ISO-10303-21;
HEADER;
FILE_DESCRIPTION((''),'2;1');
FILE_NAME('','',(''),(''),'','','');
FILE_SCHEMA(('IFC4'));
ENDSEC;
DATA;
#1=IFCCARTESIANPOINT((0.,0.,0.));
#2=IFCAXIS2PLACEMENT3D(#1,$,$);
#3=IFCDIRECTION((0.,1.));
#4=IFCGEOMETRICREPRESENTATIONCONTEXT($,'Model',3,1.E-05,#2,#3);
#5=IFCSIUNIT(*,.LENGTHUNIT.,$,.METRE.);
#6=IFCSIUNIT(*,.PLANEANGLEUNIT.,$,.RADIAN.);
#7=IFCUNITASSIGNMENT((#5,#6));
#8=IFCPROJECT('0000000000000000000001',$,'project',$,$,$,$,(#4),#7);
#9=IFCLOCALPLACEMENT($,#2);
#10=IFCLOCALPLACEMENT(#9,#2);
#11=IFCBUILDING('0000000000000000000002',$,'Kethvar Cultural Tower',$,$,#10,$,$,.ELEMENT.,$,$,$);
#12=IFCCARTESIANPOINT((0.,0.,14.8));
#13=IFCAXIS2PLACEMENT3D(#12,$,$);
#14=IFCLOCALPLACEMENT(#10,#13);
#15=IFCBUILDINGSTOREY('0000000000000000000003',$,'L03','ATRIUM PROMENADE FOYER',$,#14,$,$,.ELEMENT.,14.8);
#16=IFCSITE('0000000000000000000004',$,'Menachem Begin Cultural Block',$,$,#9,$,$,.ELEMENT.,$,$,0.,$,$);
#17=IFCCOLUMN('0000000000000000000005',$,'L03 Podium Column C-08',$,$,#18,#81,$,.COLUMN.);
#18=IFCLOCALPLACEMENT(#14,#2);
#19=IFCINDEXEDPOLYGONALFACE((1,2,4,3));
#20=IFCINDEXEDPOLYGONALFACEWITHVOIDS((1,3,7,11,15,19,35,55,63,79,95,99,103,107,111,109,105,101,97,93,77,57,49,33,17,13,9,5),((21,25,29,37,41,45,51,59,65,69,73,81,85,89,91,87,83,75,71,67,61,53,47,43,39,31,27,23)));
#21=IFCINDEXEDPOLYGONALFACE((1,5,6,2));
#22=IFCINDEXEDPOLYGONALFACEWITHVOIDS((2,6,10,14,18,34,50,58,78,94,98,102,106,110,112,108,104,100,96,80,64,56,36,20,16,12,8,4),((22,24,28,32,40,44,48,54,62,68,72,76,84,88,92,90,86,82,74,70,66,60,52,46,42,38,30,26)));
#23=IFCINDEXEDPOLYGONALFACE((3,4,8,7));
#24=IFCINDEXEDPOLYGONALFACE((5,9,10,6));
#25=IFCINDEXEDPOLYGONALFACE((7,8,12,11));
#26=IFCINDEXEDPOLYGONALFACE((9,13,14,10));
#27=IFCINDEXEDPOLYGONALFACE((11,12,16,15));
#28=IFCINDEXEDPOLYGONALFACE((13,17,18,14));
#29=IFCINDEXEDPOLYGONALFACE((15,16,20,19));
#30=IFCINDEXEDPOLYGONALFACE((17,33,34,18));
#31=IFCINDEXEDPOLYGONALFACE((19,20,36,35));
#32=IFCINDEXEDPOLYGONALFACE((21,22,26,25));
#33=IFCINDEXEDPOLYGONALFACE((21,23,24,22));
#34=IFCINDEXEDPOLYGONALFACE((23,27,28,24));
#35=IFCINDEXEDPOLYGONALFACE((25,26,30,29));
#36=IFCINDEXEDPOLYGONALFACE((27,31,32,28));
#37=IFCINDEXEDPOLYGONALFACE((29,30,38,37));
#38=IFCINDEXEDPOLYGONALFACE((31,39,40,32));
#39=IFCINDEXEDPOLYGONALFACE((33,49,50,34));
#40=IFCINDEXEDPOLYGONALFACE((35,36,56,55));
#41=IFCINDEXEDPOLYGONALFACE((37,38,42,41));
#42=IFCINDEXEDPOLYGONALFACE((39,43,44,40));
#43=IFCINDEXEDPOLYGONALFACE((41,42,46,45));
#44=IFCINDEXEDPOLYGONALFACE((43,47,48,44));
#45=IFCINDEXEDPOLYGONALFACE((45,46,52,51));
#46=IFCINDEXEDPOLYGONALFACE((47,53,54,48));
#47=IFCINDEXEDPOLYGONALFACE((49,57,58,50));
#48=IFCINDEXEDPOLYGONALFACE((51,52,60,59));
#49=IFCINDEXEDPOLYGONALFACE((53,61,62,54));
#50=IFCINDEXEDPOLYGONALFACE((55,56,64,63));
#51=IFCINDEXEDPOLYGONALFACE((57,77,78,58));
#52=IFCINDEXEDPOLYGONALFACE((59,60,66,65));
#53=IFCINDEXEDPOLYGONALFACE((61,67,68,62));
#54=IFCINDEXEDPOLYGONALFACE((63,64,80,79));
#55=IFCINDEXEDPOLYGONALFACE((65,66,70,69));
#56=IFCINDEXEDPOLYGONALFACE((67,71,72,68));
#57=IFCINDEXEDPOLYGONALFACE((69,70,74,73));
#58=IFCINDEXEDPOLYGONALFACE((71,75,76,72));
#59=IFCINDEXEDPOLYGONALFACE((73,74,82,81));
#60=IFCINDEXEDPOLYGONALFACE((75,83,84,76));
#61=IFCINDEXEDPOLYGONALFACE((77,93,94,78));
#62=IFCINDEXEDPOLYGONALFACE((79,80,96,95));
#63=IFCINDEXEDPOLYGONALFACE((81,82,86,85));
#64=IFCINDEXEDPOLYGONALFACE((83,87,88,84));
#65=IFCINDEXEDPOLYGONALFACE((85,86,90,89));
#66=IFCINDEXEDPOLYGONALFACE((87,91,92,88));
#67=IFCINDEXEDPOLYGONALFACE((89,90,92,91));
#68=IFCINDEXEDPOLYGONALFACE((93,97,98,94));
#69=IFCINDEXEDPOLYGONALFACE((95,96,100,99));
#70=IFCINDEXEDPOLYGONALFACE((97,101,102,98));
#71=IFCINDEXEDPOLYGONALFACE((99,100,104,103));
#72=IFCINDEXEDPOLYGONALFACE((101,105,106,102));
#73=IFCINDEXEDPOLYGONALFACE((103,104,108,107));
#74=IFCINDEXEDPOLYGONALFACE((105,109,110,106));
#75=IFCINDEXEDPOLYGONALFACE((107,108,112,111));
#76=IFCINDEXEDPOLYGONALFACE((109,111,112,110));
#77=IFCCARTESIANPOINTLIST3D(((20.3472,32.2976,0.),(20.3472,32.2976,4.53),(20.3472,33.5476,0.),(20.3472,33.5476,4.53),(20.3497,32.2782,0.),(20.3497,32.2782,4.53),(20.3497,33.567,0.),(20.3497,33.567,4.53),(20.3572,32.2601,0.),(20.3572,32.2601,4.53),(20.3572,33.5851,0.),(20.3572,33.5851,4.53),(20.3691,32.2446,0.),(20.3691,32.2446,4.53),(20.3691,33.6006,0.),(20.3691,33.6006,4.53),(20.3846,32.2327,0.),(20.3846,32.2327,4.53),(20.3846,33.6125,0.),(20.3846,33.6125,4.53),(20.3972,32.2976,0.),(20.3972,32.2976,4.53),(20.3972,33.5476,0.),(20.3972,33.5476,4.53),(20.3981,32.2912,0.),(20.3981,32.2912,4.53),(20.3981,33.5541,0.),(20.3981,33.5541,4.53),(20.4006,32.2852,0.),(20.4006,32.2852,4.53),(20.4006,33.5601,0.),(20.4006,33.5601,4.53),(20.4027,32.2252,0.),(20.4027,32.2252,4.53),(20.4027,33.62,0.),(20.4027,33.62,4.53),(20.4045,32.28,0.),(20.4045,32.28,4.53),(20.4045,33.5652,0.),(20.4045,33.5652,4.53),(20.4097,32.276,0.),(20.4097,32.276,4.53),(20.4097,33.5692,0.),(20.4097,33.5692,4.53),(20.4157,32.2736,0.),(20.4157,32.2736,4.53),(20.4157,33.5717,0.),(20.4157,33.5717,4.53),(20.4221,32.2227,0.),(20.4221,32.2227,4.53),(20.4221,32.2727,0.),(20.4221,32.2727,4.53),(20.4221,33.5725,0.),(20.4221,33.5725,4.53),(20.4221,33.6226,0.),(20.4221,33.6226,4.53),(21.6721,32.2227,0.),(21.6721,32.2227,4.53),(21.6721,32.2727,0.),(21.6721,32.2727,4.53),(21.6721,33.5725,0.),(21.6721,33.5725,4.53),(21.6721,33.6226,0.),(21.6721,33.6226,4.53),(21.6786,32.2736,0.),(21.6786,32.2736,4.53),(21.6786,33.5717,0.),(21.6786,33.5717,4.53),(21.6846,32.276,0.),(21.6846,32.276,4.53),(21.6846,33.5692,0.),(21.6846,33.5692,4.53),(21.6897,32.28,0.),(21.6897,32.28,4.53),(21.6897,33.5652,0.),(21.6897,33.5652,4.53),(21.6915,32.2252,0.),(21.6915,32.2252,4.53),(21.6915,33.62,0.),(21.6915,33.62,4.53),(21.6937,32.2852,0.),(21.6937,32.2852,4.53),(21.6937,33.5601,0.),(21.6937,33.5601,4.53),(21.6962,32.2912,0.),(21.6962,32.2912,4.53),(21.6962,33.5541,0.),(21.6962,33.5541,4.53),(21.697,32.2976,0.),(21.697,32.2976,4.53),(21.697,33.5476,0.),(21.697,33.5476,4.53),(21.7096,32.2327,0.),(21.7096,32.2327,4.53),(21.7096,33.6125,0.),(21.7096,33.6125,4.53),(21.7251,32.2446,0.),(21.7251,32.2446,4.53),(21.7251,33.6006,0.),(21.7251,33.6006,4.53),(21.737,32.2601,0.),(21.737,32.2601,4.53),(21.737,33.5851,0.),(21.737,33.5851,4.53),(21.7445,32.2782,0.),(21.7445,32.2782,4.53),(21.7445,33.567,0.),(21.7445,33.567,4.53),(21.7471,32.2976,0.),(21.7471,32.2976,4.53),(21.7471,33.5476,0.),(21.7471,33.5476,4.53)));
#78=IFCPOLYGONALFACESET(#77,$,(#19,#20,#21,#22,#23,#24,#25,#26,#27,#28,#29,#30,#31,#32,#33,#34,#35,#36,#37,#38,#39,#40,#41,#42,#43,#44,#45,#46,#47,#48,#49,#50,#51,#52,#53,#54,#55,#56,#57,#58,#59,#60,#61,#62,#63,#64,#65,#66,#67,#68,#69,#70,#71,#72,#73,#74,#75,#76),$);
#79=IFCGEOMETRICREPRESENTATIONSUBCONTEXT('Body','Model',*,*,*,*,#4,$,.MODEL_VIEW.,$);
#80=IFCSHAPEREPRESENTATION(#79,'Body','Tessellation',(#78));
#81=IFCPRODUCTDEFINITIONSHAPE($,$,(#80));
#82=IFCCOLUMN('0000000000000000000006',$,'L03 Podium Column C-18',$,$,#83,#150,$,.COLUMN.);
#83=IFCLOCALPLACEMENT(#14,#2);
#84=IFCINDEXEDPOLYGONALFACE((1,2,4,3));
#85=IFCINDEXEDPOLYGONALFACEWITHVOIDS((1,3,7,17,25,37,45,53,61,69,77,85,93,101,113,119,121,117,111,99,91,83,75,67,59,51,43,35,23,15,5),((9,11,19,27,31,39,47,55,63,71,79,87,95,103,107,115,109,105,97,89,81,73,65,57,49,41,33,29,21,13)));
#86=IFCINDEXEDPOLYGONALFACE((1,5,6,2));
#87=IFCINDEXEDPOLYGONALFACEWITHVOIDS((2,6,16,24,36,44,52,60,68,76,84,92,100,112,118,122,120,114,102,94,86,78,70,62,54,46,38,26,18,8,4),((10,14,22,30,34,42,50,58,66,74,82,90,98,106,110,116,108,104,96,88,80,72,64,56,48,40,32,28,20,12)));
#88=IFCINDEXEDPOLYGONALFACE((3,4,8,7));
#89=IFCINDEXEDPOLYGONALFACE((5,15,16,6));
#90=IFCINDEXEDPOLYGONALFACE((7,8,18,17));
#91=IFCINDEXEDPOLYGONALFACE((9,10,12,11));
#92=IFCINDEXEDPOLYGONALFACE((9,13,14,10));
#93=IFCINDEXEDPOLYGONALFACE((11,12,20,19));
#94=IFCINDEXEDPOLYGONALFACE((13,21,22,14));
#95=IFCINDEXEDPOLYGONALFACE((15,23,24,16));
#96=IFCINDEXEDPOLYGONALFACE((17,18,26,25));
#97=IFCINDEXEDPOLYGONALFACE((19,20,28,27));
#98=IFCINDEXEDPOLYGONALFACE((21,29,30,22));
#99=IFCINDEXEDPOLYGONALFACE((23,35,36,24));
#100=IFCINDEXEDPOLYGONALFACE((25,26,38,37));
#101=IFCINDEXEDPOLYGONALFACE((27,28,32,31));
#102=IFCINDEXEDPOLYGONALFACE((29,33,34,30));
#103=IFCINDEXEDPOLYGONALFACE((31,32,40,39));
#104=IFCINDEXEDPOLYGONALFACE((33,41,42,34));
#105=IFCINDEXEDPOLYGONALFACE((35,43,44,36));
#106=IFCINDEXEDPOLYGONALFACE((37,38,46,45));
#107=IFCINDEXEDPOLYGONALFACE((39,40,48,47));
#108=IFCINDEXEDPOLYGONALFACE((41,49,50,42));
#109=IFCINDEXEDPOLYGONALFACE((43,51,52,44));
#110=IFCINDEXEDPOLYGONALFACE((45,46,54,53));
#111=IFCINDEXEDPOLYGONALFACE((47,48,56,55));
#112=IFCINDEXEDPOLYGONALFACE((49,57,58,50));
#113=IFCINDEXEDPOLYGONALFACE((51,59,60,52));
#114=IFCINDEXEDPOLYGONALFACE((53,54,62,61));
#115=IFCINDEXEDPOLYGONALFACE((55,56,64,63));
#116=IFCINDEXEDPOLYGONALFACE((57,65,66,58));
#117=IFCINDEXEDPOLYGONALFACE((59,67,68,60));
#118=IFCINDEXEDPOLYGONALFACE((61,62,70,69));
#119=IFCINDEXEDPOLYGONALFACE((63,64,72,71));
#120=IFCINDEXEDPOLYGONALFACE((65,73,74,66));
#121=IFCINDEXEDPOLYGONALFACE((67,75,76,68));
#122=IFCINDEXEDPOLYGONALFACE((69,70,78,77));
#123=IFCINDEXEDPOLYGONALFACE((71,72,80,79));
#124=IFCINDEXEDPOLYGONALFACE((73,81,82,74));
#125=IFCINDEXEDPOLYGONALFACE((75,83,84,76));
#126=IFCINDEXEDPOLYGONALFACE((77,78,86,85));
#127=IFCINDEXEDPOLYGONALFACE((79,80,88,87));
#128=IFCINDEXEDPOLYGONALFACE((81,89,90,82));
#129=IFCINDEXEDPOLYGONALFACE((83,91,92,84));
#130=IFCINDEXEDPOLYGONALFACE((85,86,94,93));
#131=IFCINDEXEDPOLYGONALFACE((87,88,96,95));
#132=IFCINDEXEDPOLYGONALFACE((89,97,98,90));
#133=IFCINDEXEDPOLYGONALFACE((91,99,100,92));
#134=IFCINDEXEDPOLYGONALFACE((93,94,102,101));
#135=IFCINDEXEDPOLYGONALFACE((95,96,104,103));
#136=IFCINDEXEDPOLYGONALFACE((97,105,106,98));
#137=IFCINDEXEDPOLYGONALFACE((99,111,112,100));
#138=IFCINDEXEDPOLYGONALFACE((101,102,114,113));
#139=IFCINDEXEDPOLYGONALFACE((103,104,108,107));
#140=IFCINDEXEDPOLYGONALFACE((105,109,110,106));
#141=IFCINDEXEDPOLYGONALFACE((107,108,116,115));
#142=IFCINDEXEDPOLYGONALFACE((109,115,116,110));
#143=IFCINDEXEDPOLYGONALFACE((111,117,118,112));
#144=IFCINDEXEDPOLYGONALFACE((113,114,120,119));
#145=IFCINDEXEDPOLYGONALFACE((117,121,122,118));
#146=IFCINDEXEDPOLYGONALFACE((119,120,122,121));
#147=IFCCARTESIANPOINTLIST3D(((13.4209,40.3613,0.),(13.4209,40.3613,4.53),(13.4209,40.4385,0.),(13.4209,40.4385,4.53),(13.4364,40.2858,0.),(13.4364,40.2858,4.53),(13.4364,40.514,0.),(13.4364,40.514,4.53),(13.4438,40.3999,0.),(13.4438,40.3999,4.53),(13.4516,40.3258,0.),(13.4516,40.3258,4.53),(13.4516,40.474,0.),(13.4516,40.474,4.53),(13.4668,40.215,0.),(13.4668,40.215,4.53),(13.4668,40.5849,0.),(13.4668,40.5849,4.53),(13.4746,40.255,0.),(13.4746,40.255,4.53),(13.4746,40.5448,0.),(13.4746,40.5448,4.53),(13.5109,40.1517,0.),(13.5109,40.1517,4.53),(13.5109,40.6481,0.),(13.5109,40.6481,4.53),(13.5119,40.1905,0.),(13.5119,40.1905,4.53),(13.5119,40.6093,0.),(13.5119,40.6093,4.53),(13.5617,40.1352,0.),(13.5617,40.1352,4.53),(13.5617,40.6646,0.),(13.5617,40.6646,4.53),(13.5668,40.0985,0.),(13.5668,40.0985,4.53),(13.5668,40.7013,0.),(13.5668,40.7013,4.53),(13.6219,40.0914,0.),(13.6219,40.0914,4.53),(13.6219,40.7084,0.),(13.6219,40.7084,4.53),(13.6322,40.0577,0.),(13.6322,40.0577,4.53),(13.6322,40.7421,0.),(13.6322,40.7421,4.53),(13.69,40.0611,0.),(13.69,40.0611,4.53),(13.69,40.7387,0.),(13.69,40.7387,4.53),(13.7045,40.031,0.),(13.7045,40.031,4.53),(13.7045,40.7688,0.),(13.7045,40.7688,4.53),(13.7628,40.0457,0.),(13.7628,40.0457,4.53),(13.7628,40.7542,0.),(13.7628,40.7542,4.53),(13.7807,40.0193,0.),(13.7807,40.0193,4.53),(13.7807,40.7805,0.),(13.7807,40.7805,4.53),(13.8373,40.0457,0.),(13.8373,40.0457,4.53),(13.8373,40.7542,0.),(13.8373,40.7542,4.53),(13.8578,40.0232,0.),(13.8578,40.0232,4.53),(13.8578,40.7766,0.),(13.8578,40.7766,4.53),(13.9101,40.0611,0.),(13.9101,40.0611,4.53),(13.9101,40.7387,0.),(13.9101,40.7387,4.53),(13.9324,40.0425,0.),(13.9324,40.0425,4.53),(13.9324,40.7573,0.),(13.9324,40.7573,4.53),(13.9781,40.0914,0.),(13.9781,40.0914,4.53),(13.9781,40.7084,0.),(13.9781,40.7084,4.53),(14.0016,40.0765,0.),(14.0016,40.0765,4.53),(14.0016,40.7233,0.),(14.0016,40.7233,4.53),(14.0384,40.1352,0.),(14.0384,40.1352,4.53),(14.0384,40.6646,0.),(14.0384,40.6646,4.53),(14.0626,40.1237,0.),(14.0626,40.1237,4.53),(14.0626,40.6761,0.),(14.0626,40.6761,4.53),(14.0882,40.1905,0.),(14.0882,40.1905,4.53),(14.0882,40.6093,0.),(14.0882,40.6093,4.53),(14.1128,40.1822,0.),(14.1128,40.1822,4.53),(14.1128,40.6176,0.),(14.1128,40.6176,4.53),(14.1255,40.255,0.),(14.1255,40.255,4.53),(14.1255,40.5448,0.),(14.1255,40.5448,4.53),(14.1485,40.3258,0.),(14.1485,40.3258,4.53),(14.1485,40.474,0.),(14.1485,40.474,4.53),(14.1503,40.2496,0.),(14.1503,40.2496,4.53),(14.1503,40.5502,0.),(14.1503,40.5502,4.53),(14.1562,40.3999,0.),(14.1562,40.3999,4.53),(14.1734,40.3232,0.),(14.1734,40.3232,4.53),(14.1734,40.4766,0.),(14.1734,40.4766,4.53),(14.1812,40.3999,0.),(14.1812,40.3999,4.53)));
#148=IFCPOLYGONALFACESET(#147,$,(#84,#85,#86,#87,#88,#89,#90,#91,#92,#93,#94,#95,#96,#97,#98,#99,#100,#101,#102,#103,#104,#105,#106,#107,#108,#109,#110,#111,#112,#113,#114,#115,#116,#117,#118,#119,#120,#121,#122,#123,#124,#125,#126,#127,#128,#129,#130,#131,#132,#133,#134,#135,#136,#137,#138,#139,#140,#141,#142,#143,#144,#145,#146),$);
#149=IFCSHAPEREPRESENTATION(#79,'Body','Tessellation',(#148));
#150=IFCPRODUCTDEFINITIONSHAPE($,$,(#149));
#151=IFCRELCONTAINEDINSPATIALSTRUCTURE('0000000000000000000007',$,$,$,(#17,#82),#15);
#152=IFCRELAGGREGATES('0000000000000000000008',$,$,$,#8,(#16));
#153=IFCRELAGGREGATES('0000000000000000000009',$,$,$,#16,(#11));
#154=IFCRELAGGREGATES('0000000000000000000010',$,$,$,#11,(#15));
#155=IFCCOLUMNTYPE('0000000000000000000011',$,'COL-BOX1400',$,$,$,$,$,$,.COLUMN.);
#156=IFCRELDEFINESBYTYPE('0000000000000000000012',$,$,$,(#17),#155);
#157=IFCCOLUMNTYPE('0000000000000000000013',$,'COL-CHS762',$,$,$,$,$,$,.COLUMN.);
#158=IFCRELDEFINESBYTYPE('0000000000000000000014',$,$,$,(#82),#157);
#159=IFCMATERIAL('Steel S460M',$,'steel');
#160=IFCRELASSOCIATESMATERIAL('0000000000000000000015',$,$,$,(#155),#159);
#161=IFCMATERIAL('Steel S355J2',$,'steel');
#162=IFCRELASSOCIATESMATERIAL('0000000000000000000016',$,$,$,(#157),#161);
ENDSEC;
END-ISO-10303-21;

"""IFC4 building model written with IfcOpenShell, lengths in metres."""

from ifc_helpers import new_model, si_unit, direction, frame, origin, origin_2d, place, context, subcontext, project, spatial, hollow_rectangle, hollow_circle, extrude, source, transform, mapped, material, material_profile, profile_set, type_object, element, save


model = new_model("IFC4")

# Units and contexts
model_context = context("Model", 3, precision=1e-05, world=origin(), true_north=direction((0.0, 1.0)))
body_context = subcontext(model_context, "Body", "Model", "MODEL_VIEW")
ifc_project = project(units=[si_unit("LENGTHUNIT", "METRE"), si_unit("PLANEANGLEUNIT", "RADIAN")], contexts=[model_context])

# Site, building, storey
site_placement = place(None, origin())
site = spatial("IfcSite", under=ifc_project, at=site_placement, Name="Menachem Begin Cultural Block", CompositionType="ELEMENT", RefElevation=0.0)
building_placement = place(site_placement, origin())
building = spatial("IfcBuilding", under=site, at=building_placement, Name="Kethvar Cultural Tower", CompositionType="ELEMENT")
storey_placement = place(building_placement, frame((0.0, 0.0, 14.8)))
storey = spatial("IfcBuildingStorey", under=building, at=storey_placement, Name="L03", Description="ATRIUM PROMENADE FOYER", CompositionType="ELEMENT", Elevation=14.8)

# Columns
ifc_material_1 = material(Name="Steel S460M", Category="steel")
ifc_material_profile_1 = material_profile(ifc_material_1, hollow_rectangle(XDim=1.3999, YDim=1.3999, WallThickness=0.05, InnerFilletRadius=0.0249, OuterFilletRadius=0.075, at=origin_2d()), Name="Steel S460M — BOX1400x1400x50")
ifc_profile_set_1 = profile_set([ifc_material_profile_1], Name="Steel S460M — BOX1400x1400x50")
column_type_1 = type_object("IfcColumnType", Name="COL-BOX1400", PredefinedType="COLUMN", material=ifc_profile_set_1)
shared_shape_1 = source(origin(), body_context, "Body", "SweptSolid", [
    extrude(hollow_rectangle(XDim=1.3999, YDim=1.3999, WallThickness=0.05, InnerFilletRadius=0.0249, OuterFilletRadius=0.075, at=origin_2d()), origin(), (0.0, 0.0, 1.0), 4.53),
])
column_1_placement = place(storey_placement, frame((21.0471, 32.9226, 0.0), z_axis=(0.0, 0.0, 1.0), x_axis=(1.0, 0.0, 0.0)))
element("IfcColumn", 1, at=column_1_placement, inside=storey, type_object=column_type_1, Name="L03 Podium Column C-08", PredefinedType="COLUMN", context=body_context, shape_type="MappedRepresentation", body=[
    mapped(shared_shape_1, transform((0.0, 0.0, 0.0), scale=1.0)),
])
ifc_material_2 = material(Name="Steel S355J2", Category="steel")
ifc_material_profile_2 = material_profile(ifc_material_2, hollow_circle(Radius=0.3811, WallThickness=0.0249, at=origin_2d()), Name="Steel S355J2 — CHS762x25")
ifc_profile_set_2 = profile_set([ifc_material_profile_2], Name="Steel S355J2 — CHS762x25")
column_type_2 = type_object("IfcColumnType", Name="COL-CHS762", PredefinedType="COLUMN", material=ifc_profile_set_2)
shared_shape_2 = source(origin(), body_context, "Body", "SweptSolid", [
    extrude(hollow_circle(Radius=0.3811, WallThickness=0.0249, at=origin_2d()), origin(), (0.0, 0.0, 1.0), 4.53),
])
column_2_placement = place(storey_placement, frame((13.8, 40.3999, 0.0), z_axis=(0.0, 0.0, 1.0), x_axis=(1.0, 0.0, 0.0)))
element("IfcColumn", 2, at=column_2_placement, inside=storey, type_object=column_type_2, Name="L03 Podium Column C-18", PredefinedType="COLUMN", context=body_context, shape_type="MappedRepresentation", body=[
    mapped(shared_shape_2, transform((0.0, 0.0, 0.0), scale=1.0)),
])

save(model, "model.ifc")
